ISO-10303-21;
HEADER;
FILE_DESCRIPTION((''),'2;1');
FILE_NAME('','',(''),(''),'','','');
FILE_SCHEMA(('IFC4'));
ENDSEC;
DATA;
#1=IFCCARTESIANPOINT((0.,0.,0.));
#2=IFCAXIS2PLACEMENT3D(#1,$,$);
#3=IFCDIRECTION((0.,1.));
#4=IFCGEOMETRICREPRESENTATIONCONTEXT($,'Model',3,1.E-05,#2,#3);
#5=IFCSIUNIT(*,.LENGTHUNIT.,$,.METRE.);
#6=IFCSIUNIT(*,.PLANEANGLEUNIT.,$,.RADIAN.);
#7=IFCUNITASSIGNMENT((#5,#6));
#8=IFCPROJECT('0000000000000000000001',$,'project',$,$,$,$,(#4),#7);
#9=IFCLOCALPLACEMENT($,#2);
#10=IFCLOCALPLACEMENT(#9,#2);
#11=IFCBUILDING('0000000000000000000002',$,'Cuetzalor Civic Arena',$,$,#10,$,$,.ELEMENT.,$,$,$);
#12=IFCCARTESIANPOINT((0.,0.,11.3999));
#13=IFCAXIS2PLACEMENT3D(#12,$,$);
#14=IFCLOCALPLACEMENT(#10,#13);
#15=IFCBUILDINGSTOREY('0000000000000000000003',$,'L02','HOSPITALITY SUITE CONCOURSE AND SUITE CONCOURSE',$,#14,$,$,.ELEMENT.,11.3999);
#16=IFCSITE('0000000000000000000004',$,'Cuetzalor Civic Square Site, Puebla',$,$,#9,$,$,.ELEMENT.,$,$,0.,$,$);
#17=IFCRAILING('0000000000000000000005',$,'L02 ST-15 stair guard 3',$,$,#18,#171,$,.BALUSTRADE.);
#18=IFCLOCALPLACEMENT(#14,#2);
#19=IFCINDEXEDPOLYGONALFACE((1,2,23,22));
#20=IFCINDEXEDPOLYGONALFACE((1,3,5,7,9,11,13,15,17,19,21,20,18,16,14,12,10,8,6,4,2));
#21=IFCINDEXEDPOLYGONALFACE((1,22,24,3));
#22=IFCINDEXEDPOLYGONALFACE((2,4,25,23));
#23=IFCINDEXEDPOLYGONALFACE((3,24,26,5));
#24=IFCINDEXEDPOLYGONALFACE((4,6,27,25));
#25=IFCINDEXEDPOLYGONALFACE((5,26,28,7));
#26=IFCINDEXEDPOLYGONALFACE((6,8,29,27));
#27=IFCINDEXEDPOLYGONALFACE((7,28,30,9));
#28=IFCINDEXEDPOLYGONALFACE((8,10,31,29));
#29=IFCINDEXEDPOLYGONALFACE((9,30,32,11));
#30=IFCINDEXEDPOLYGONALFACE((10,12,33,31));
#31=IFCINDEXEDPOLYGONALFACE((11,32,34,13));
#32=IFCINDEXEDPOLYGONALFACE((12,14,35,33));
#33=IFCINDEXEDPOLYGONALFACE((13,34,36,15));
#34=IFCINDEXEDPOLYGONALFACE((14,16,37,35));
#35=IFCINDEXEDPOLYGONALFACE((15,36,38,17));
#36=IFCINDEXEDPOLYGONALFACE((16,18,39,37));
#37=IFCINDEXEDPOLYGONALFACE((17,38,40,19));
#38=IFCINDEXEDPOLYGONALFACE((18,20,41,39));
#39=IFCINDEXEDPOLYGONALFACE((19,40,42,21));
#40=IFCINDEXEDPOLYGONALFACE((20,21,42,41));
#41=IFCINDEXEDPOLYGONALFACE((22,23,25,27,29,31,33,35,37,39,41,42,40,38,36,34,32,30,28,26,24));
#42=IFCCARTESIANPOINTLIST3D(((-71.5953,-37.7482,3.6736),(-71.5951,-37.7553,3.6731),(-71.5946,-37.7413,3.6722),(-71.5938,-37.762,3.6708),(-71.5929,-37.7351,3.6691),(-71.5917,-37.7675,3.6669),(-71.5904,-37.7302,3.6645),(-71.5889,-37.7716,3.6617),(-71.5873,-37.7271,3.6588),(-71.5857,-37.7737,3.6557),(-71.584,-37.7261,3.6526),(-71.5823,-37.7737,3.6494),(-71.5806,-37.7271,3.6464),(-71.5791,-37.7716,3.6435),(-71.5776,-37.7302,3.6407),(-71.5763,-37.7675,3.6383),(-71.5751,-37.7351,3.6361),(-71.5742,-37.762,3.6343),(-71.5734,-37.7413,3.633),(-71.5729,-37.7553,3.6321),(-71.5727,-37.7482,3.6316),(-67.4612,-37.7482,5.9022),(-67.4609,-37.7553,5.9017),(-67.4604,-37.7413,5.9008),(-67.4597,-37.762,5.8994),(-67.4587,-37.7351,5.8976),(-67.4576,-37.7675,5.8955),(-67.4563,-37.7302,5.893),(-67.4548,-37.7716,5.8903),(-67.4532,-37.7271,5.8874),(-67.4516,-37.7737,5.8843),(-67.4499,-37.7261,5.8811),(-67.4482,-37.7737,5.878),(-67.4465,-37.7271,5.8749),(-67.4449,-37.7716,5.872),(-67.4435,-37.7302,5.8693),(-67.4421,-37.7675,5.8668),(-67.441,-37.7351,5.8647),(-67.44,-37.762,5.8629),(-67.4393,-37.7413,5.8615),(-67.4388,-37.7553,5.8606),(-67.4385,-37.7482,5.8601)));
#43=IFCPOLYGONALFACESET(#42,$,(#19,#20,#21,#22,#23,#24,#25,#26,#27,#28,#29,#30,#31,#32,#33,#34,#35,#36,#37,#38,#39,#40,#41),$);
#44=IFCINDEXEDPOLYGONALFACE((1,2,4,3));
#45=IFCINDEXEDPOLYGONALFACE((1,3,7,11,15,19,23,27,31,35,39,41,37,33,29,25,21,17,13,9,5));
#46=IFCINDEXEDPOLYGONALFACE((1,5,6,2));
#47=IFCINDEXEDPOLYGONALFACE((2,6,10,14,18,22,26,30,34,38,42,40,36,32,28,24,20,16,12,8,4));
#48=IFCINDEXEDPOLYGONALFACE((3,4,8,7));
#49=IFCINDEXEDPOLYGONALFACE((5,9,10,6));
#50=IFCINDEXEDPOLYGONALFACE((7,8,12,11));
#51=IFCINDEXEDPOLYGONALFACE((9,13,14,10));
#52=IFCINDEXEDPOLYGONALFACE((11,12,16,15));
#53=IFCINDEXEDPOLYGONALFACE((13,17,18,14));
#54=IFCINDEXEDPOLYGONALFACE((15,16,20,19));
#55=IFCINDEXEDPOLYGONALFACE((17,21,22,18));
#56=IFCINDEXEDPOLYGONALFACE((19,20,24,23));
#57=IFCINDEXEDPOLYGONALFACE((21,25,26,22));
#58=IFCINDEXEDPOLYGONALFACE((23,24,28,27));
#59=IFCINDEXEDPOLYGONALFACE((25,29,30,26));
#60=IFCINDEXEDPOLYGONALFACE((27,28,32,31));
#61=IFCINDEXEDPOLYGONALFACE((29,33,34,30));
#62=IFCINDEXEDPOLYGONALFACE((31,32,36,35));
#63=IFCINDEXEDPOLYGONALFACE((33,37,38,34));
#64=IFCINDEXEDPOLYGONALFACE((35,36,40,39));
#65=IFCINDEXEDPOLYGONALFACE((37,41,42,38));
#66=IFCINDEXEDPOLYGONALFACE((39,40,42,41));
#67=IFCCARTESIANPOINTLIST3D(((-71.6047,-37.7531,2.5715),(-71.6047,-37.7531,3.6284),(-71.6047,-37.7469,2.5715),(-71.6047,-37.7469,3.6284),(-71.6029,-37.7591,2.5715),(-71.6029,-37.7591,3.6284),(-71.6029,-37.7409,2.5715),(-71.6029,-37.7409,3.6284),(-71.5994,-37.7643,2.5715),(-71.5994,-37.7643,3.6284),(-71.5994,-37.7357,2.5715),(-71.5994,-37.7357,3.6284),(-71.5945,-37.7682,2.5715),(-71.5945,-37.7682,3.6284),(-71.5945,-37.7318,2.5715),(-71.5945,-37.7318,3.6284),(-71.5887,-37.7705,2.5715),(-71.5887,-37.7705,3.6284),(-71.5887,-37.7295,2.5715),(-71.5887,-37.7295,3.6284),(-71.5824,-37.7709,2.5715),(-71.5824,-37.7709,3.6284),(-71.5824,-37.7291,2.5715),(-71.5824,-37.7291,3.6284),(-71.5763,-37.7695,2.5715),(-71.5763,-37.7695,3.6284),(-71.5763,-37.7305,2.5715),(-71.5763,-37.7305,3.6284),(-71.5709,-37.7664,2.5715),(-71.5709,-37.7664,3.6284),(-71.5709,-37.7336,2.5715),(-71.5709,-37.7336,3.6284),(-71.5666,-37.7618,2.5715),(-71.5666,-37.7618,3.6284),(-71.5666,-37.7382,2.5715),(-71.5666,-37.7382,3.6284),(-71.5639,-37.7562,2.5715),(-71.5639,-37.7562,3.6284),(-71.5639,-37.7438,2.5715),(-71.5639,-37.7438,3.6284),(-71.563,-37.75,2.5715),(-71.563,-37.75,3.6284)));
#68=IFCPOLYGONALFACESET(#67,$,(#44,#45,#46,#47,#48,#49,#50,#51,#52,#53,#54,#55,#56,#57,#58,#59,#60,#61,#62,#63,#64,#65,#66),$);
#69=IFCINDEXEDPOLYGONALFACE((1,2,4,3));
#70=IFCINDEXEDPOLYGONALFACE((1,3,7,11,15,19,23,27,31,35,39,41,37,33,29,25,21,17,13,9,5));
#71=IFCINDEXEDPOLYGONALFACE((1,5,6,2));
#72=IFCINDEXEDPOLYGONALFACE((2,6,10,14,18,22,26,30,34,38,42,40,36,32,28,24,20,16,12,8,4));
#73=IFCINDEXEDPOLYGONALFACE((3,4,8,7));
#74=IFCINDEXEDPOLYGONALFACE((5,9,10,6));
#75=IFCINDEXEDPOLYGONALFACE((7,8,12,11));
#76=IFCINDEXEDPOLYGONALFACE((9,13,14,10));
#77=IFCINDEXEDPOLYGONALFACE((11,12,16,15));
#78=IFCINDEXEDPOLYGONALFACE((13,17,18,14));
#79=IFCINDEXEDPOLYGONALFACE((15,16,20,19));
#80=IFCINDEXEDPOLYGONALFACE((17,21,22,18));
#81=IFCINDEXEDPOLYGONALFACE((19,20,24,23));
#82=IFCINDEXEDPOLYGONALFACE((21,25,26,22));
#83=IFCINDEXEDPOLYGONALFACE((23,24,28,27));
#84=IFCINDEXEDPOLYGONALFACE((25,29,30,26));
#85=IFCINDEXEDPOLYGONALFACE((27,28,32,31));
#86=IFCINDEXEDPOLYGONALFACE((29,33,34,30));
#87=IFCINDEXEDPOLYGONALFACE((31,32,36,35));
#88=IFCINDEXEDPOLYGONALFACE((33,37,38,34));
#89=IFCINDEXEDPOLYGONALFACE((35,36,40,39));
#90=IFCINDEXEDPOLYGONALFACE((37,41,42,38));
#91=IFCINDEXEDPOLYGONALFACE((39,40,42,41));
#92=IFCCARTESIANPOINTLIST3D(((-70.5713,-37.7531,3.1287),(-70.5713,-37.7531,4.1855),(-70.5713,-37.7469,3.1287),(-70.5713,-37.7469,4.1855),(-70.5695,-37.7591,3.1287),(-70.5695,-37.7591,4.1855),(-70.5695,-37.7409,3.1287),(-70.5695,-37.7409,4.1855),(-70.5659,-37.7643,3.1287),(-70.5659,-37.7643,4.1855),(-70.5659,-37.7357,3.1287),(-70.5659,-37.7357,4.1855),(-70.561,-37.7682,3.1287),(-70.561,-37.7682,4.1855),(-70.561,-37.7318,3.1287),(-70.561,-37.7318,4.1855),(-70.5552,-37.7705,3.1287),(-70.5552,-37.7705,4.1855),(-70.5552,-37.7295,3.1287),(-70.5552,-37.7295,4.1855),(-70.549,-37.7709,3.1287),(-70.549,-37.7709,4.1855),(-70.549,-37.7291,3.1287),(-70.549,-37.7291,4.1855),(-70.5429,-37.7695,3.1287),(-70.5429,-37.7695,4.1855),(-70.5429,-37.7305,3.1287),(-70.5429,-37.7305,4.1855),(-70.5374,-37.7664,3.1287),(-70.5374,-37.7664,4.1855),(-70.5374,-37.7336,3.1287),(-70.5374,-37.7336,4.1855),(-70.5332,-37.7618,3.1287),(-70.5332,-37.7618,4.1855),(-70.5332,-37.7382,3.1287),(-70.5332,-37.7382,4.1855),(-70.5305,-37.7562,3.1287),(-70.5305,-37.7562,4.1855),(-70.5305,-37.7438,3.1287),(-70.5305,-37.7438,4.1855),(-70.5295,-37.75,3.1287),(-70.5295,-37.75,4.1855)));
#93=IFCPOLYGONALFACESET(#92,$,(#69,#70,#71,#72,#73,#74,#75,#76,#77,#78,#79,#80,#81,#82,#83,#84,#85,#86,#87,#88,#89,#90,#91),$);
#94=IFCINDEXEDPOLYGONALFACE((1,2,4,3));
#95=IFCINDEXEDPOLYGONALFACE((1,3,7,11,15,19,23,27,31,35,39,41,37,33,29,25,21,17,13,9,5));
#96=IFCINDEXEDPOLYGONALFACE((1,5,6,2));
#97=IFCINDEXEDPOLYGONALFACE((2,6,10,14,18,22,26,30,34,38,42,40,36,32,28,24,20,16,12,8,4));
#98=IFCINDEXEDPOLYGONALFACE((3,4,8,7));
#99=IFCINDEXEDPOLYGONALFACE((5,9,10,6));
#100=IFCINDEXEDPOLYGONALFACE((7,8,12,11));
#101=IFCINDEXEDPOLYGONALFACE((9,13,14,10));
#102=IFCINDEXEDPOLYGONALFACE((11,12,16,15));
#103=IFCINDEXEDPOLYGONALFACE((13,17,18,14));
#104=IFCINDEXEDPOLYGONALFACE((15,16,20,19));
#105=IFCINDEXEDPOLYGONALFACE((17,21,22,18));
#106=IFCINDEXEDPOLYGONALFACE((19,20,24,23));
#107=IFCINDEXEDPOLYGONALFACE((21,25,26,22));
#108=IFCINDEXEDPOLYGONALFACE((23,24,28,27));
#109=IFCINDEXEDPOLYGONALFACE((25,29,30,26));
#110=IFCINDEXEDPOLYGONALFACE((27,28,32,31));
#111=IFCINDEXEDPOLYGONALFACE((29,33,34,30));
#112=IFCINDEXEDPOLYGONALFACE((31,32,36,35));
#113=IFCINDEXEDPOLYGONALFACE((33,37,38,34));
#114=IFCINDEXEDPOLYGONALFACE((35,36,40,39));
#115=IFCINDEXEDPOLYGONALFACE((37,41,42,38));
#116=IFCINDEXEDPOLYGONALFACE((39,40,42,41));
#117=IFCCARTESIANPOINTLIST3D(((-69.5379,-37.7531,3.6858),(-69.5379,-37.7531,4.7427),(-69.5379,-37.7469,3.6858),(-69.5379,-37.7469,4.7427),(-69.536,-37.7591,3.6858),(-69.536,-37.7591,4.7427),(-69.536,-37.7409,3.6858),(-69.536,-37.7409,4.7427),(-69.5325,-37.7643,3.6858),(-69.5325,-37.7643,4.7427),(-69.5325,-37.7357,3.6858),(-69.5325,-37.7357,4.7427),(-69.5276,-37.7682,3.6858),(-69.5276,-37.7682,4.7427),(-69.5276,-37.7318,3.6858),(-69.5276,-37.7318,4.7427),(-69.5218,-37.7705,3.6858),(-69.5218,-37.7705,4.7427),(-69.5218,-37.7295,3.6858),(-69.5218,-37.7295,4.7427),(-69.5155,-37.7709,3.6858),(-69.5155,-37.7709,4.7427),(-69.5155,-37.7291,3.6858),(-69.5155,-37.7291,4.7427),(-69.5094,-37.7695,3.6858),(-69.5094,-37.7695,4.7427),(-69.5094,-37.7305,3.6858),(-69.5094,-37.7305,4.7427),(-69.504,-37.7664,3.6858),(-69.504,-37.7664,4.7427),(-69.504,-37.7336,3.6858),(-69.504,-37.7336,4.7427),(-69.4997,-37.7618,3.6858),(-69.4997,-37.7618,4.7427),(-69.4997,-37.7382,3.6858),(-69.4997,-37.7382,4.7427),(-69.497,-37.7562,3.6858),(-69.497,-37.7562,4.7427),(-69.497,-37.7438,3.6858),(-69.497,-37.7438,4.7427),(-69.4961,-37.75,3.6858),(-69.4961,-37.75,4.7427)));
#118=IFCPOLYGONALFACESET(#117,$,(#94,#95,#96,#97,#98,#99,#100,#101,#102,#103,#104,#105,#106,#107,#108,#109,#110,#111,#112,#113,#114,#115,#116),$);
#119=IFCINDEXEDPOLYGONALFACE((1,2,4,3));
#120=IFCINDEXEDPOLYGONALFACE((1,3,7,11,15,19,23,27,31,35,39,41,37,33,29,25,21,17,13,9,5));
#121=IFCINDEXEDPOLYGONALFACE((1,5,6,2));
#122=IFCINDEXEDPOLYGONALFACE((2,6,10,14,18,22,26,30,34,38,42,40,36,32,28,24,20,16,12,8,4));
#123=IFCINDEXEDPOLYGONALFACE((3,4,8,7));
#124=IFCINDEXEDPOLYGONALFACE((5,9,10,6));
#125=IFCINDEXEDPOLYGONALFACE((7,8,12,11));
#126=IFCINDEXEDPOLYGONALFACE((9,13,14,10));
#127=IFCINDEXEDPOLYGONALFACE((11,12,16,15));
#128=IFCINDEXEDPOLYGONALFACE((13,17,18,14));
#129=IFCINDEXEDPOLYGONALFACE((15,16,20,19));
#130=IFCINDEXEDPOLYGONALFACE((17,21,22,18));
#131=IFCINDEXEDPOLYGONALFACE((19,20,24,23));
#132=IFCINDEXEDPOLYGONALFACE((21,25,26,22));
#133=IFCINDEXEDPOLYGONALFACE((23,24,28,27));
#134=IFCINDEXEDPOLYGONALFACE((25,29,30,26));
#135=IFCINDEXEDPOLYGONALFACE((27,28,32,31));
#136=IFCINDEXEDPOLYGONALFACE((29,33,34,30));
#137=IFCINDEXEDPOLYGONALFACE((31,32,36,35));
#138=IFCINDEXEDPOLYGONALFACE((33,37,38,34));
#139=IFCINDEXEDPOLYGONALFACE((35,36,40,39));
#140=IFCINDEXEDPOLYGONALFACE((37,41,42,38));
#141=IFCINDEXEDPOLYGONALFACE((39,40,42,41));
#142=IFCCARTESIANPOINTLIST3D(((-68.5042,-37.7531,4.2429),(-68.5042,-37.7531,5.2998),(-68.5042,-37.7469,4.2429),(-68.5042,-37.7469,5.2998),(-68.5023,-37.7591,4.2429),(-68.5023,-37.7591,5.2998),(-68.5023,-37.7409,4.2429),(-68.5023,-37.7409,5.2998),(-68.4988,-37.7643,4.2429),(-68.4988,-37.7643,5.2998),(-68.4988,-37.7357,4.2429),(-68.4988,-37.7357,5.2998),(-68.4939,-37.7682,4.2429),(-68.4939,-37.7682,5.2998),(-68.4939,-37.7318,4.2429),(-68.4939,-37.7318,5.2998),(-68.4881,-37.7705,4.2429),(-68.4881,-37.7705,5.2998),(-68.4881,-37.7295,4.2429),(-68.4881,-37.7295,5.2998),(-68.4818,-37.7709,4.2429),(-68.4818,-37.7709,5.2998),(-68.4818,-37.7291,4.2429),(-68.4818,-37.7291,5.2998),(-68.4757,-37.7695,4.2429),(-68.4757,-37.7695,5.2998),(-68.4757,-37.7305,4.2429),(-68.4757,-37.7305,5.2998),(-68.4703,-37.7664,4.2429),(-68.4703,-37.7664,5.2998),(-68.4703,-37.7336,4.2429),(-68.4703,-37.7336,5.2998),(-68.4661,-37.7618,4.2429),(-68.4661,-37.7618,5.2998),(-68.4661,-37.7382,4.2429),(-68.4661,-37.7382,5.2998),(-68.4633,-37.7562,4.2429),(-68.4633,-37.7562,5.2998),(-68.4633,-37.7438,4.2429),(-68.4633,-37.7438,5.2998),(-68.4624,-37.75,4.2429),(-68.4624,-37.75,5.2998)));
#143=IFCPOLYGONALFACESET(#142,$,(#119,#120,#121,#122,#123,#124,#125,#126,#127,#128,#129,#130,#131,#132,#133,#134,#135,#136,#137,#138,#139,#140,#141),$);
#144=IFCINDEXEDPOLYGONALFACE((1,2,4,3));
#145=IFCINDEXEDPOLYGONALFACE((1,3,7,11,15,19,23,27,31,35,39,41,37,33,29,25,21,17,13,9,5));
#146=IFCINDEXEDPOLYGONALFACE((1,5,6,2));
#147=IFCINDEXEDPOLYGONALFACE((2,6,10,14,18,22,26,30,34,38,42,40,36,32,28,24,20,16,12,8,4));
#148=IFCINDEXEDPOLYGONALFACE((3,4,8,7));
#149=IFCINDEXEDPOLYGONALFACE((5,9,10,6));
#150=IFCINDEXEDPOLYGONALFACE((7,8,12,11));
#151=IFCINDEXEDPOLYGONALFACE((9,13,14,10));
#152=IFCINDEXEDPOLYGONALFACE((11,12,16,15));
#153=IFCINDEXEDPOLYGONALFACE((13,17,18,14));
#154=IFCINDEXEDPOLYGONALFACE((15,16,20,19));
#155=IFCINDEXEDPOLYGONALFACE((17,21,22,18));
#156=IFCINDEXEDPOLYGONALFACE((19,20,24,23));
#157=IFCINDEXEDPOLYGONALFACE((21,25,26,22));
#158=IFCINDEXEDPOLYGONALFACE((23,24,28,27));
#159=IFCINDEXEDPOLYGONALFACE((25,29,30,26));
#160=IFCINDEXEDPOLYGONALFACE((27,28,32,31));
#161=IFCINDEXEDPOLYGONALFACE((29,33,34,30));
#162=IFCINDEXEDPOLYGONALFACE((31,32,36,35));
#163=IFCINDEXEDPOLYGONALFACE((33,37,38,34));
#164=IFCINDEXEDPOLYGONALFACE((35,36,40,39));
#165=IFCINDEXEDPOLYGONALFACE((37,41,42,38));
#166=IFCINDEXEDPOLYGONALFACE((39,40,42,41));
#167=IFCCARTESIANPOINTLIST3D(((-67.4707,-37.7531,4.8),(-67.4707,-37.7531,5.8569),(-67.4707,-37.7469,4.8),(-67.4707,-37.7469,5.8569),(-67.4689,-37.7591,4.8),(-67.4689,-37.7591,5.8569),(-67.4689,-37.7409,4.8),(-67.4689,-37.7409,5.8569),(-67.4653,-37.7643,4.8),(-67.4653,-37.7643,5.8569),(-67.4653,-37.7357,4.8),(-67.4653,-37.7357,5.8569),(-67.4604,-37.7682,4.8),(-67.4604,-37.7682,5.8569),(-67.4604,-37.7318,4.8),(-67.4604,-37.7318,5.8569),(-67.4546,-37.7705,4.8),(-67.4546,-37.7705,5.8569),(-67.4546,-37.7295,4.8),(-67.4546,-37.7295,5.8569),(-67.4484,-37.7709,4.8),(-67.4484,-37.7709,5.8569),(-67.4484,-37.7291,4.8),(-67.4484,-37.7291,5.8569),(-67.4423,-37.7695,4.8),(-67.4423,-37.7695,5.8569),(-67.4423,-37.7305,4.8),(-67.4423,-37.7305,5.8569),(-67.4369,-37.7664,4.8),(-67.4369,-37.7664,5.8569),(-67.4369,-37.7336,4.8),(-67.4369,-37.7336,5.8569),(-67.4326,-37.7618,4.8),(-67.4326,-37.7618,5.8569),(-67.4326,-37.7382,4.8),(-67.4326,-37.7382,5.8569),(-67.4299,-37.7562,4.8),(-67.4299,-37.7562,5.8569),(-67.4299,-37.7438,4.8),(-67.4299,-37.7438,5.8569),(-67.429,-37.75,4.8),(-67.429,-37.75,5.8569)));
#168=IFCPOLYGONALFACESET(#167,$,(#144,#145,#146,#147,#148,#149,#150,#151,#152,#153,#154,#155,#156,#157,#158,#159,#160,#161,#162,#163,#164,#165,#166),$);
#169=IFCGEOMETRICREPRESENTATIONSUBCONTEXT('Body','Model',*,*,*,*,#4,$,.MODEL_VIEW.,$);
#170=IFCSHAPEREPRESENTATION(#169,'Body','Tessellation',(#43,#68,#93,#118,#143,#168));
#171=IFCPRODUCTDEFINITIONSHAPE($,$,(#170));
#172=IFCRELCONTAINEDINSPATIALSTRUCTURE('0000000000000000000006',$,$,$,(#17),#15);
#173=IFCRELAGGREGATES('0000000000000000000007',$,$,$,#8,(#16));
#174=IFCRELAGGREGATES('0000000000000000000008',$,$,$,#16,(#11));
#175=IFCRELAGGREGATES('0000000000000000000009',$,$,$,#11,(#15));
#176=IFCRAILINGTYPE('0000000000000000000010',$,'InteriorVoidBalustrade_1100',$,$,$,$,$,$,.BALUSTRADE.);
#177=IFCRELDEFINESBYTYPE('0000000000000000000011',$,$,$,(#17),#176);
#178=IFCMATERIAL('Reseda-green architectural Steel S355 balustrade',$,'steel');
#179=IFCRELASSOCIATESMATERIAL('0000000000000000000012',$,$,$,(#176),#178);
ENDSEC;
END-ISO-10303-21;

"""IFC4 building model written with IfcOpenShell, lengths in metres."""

from ifc_helpers import new_model, si_unit, direction, frame, origin, origin_2d, place, context, subcontext, project, spatial, circle, extrude, material, type_object, element, save


model = new_model("IFC4")

# Units and contexts
model_context = context("Model", 3, precision=1e-05, world=origin(), true_north=direction((0.0, 1.0)))
body_context = subcontext(model_context, "Body", "Model", "MODEL_VIEW")
ifc_project = project(units=[si_unit("LENGTHUNIT", "METRE"), si_unit("PLANEANGLEUNIT", "RADIAN")], contexts=[model_context])

# Site, building, storey
site_placement = place(None, origin())
site = spatial("IfcSite", under=ifc_project, at=site_placement, Name="Cuetzalor Civic Square Site, Puebla", CompositionType="ELEMENT", RefElevation=0.0)
building_placement = place(site_placement, origin())
building = spatial("IfcBuilding", under=site, at=building_placement, Name="Cuetzalor Civic Arena", CompositionType="ELEMENT")
storey_placement = place(building_placement, frame((0.0, 0.0, 11.3999)))
storey = spatial("IfcBuildingStorey", under=building, at=storey_placement, Name="L02", Description="HOSPITALITY SUITE CONCOURSE AND SUITE CONCOURSE", CompositionType="ELEMENT", Elevation=11.3999)

# Railing
ifc_material_1 = material(Name="Reseda-green architectural Steel S355 balustrade", Category="steel")
railing_type_1 = type_object("IfcRailingType", Name="InteriorVoidBalustrade_1100", PredefinedType="BALUSTRADE", material=ifc_material_1)
railing_1_placement = place(storey_placement, frame((-71.584, -37.75, 2.5715)))
element("IfcRailing", 1, at=railing_1_placement, inside=storey, type_object=railing_type_1, Name="L02 ST-15 stair guard 3", PredefinedType="BALUSTRADE", context=body_context, shape_type="SweptSolid", body=[
    extrude(circle(Radius=0.0239, at=origin_2d()), frame((0.0, 0.0, 1.0811), z_axis=(0.880249, 0.0, 0.474512), x_axis=(0.0, 1.0, 0.0)), (0.0, 0.0, 1.0), 4.6965),
    extrude(circle(Radius=0.021, at=origin_2d()), origin(), (0.0, 0.0, 1.0), 1.0569),
    extrude(circle(Radius=0.021, at=origin_2d()), frame((1.0334, 0.0, 0.5571)), (0.0, 0.0, 1.0), 1.0569),
    extrude(circle(Radius=0.021, at=origin_2d()), frame((2.0669, 0.0, 1.1143)), (0.0, 0.0, 1.0), 1.0569),
    extrude(circle(Radius=0.021, at=origin_2d()), frame((3.1006, 0.0, 1.6714)), (0.0, 0.0, 1.0), 1.0569),
    extrude(circle(Radius=0.021, at=origin_2d()), frame((4.134, 0.0, 2.2285)), (0.0, 0.0, 1.0), 1.0569),
])

save(model, "model.ifc")
